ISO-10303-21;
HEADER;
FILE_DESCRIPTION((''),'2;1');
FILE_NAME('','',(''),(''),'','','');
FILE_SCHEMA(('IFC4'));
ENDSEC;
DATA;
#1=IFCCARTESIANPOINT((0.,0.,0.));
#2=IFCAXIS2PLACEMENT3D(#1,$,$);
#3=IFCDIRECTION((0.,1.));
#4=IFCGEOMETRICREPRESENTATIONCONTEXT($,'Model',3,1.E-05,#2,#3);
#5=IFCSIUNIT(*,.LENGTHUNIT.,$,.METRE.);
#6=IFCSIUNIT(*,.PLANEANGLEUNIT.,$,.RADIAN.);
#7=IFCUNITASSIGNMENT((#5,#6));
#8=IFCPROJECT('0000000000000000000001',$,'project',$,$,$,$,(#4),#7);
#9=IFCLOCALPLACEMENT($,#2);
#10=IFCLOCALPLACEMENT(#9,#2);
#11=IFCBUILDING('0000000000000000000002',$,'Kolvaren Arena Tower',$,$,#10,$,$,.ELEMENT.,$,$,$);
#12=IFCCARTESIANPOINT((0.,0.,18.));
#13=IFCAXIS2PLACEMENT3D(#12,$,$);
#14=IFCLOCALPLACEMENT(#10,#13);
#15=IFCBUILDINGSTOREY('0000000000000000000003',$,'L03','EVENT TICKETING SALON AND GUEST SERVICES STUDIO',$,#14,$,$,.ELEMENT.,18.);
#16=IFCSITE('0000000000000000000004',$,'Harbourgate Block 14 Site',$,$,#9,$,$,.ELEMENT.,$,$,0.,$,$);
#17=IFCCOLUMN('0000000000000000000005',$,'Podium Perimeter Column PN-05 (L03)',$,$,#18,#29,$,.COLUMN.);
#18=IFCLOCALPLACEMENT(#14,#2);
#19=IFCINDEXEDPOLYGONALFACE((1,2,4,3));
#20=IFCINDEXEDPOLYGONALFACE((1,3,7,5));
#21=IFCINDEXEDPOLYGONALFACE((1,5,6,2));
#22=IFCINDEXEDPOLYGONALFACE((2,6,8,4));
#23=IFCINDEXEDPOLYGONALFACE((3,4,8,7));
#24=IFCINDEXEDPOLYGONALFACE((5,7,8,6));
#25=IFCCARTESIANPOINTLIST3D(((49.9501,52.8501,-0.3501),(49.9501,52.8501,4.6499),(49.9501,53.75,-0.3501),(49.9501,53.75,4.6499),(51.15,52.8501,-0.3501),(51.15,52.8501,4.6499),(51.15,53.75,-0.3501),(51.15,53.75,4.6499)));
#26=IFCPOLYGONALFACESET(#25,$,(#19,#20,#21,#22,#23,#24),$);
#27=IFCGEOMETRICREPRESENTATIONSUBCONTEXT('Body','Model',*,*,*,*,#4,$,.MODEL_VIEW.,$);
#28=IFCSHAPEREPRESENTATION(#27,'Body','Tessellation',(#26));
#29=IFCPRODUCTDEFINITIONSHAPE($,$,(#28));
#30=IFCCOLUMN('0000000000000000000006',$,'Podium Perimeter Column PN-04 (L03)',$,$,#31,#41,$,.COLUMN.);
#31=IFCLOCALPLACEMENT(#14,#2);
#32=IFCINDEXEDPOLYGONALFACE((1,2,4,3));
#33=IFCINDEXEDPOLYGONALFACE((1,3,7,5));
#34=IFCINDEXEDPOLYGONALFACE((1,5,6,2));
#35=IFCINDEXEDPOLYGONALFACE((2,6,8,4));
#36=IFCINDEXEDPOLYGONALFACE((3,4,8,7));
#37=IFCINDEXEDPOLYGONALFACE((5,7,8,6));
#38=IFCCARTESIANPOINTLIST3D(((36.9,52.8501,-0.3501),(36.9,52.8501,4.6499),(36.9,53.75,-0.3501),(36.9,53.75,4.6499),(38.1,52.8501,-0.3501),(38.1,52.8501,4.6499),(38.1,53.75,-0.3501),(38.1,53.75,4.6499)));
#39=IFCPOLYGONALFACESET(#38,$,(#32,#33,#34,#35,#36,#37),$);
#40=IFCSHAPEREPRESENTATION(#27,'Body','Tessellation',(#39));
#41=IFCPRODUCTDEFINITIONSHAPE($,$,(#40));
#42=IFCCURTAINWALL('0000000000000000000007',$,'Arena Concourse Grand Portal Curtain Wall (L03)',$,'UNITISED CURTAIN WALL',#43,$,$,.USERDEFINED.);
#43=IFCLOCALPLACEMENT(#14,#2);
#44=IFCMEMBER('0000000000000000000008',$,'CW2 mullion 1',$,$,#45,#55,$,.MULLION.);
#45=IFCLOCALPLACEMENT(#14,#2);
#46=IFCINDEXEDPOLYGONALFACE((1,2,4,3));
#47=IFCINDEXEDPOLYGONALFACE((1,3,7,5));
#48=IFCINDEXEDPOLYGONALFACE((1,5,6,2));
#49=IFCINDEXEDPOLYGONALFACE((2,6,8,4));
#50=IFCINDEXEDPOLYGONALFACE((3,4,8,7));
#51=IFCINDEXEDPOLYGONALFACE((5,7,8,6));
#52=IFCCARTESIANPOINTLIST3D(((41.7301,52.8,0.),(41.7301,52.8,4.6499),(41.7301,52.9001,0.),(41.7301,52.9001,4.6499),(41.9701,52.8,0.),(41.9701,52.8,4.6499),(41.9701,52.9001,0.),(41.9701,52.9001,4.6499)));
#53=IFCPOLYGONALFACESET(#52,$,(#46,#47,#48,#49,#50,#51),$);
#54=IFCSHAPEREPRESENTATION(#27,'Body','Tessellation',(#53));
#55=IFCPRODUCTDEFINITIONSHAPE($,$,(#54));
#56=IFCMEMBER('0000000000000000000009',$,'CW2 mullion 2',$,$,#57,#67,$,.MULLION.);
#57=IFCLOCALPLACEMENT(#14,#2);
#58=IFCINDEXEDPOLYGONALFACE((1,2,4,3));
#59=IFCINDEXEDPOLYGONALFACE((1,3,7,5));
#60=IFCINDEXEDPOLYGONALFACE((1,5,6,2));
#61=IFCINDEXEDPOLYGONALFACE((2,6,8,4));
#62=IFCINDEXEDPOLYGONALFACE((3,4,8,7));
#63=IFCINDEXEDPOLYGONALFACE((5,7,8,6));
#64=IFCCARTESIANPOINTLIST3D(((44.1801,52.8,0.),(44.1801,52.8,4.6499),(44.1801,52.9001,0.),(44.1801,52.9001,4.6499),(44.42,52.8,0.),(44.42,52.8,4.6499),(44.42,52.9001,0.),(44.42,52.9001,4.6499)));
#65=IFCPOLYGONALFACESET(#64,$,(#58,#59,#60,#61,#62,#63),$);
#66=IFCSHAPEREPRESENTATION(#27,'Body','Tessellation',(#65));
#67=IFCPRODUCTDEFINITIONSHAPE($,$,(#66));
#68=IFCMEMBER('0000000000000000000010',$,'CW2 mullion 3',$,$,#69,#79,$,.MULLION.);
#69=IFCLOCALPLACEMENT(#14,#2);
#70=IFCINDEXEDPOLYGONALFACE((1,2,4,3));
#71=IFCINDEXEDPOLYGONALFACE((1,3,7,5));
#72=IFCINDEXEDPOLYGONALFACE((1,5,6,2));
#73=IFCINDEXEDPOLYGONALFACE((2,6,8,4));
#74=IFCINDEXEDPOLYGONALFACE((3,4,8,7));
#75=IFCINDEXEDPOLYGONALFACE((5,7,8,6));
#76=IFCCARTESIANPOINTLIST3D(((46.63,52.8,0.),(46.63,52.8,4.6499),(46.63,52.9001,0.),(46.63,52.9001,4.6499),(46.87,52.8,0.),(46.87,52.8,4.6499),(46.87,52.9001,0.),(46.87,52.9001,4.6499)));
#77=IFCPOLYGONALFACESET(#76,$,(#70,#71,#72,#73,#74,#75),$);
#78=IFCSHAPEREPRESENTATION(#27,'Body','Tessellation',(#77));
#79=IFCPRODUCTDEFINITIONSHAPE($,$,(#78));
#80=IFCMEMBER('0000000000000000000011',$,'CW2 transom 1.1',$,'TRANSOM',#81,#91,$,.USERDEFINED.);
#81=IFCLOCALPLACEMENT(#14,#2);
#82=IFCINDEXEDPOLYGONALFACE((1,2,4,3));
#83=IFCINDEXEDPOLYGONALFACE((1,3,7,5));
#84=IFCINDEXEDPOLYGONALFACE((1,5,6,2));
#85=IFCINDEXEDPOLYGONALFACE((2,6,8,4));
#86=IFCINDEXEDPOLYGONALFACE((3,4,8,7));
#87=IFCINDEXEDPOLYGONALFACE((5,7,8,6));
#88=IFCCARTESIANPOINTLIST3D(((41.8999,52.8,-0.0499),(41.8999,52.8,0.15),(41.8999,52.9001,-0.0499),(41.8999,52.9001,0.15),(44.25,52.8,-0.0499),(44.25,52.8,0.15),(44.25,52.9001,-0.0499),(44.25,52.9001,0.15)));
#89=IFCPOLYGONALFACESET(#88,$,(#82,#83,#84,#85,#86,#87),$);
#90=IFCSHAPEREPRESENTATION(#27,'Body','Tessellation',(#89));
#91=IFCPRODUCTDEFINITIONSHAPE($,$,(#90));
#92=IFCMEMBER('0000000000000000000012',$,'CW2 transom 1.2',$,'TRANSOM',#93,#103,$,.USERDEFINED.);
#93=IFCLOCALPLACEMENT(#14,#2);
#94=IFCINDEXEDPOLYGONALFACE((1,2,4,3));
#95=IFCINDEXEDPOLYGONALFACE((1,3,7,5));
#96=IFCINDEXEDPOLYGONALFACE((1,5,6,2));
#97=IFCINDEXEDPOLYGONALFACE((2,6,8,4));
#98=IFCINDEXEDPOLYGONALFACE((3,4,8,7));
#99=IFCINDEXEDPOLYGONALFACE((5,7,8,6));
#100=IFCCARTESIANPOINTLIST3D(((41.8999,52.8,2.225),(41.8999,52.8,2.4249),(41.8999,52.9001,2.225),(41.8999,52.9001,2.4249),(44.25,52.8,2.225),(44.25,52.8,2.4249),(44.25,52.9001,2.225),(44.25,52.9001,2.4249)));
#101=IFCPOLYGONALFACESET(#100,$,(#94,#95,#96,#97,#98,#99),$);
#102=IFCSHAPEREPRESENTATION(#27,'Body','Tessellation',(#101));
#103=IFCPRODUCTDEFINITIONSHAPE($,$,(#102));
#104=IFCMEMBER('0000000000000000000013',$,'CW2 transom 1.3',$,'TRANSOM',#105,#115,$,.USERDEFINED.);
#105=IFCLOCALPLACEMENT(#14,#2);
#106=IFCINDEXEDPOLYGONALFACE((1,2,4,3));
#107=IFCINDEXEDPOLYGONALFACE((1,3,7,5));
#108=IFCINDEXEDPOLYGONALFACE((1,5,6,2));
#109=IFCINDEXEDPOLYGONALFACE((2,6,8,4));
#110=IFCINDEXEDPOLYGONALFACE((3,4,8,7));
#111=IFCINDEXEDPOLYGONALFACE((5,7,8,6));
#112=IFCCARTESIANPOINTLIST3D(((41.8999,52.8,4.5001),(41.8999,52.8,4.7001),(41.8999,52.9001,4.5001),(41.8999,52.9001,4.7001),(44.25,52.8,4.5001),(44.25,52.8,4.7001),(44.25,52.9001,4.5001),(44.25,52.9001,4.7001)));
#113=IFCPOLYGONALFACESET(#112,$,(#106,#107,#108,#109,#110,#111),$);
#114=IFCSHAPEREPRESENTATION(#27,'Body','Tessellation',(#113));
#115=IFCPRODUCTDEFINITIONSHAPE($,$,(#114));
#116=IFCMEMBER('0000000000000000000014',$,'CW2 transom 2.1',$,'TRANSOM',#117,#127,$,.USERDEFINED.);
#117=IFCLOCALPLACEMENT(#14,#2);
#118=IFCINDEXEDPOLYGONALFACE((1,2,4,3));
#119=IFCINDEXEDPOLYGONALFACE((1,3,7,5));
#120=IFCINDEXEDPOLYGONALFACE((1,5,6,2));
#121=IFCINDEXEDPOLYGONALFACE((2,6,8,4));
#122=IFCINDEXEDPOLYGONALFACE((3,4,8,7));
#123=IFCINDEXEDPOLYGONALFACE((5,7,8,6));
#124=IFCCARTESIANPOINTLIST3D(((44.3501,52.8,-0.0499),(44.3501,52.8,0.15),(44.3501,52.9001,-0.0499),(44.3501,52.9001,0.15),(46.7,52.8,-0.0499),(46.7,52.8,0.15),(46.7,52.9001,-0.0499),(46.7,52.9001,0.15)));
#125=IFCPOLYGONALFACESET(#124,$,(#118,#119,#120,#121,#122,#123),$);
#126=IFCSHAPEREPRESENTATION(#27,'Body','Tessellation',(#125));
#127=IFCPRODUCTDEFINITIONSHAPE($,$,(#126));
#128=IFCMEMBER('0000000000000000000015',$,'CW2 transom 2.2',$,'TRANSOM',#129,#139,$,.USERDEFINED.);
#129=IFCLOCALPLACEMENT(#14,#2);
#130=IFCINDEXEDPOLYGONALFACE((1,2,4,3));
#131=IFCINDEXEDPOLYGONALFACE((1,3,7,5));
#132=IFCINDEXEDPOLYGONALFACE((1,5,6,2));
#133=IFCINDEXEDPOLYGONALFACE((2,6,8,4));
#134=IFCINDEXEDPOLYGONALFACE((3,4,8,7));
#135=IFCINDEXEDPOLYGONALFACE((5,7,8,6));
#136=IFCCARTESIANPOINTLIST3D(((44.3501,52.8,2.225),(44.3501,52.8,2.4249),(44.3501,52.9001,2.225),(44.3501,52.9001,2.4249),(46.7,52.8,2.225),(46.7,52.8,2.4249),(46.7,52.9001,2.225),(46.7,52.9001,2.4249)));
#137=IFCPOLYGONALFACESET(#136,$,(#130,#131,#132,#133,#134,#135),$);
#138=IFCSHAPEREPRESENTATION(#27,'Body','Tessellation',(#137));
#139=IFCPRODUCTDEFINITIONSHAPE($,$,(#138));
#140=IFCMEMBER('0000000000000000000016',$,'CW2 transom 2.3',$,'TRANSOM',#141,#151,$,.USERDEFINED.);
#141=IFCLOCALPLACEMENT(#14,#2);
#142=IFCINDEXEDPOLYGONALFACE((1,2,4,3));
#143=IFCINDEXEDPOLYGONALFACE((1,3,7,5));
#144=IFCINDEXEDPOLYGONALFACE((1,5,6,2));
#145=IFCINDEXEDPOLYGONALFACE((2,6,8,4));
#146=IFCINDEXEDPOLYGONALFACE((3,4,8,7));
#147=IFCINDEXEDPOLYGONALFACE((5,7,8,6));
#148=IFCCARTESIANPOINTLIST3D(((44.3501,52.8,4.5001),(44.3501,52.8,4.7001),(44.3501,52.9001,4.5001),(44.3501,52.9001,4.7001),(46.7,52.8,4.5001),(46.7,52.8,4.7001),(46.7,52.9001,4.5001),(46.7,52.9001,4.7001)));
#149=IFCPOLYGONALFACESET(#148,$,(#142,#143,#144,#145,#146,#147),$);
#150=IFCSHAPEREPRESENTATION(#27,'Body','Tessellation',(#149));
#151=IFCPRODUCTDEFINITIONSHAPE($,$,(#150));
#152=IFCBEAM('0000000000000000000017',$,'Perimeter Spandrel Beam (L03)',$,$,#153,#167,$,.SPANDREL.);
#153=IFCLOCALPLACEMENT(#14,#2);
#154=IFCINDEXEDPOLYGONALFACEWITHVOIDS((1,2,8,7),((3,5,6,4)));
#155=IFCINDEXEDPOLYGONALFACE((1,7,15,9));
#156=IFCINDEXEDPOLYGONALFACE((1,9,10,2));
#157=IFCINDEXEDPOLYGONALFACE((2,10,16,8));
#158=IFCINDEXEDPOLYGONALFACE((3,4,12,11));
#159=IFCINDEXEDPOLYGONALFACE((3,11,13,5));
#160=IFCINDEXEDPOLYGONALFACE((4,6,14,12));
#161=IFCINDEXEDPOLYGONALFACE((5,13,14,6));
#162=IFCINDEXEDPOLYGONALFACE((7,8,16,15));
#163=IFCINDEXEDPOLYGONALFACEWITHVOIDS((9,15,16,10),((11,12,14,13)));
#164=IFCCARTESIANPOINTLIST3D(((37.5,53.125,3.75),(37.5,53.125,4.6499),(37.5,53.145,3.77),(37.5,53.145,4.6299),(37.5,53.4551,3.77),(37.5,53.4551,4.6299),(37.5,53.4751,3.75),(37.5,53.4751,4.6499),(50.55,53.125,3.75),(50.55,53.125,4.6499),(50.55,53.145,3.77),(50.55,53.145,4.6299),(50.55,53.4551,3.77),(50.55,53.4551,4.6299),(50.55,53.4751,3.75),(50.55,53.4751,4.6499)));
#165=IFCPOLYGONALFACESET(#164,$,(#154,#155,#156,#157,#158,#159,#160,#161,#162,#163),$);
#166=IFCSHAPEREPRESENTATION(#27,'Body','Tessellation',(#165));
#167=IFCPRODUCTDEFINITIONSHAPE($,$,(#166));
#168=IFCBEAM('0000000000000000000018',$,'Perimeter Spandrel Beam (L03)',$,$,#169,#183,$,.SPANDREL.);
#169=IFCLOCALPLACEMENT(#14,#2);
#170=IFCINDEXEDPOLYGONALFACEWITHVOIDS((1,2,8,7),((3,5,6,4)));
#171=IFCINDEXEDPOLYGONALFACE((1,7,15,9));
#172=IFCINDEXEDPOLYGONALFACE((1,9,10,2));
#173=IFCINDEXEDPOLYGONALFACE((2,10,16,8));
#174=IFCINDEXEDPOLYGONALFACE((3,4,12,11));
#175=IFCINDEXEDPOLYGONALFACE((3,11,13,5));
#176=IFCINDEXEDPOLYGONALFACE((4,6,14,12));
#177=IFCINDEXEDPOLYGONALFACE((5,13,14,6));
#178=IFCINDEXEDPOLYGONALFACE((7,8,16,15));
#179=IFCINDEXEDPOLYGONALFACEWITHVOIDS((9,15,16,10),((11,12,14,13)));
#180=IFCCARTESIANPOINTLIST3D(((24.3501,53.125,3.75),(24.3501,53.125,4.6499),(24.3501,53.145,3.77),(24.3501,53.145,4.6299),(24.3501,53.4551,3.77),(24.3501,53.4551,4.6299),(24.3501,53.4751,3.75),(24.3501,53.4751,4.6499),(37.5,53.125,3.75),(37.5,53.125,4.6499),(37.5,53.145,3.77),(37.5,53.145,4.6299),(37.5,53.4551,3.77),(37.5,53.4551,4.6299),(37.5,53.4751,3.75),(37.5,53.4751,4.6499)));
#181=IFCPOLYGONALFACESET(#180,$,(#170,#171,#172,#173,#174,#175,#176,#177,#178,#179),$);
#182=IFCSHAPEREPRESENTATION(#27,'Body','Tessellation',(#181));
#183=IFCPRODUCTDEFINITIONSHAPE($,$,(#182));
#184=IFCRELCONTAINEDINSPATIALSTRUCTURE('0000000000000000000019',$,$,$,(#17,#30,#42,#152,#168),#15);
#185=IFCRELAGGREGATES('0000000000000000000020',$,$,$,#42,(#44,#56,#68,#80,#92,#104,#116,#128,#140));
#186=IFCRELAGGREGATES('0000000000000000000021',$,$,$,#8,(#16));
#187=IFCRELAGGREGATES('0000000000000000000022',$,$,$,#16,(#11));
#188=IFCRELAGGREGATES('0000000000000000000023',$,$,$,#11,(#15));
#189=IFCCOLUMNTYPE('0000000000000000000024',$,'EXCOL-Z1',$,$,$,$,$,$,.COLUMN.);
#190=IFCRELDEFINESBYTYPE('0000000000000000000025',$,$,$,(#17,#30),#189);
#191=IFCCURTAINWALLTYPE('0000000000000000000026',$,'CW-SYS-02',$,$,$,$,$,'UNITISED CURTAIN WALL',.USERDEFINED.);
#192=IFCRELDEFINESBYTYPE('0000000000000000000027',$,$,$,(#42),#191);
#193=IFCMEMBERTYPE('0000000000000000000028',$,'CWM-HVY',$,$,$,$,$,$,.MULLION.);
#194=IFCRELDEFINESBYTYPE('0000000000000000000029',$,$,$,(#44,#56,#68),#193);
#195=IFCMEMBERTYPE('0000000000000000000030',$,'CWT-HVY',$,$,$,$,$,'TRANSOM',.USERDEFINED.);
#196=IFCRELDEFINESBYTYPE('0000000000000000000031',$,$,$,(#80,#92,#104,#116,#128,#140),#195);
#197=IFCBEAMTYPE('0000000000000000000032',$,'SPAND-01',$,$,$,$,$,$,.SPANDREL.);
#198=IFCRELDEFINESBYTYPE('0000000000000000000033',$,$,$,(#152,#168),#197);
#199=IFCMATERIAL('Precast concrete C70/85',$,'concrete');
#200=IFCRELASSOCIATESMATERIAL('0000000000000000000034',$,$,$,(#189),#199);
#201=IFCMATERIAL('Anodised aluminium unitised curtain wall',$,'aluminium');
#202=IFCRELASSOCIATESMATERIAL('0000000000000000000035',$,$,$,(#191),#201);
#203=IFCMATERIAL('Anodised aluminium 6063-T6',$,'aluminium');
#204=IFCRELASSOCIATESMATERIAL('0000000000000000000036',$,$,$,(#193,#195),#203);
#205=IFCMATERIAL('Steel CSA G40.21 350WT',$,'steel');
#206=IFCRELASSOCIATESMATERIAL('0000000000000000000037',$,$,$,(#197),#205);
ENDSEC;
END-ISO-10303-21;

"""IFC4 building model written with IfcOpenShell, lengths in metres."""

from ifc_helpers import new_model, si_unit, direction, frame, origin, origin_2d, place, context, subcontext, project, spatial, rectangle, hollow_rectangle, extrude, material, material_profile, profile_set, type_object, element, aggregate, save


model = new_model("IFC4")

# Units and contexts
model_context = context("Model", 3, precision=1e-05, world=origin(), true_north=direction((0.0, 1.0)))
body_context = subcontext(model_context, "Body", "Model", "MODEL_VIEW")
ifc_project = project(units=[si_unit("LENGTHUNIT", "METRE"), si_unit("PLANEANGLEUNIT", "RADIAN")], contexts=[model_context])

# Site, building, storey
site_placement = place(None, origin())
site = spatial("IfcSite", under=ifc_project, at=site_placement, Name="Harbourgate Block 14 Site", CompositionType="ELEMENT", RefElevation=0.0)
building_placement = place(site_placement, origin())
building = spatial("IfcBuilding", under=site, at=building_placement, Name="Kolvaren Arena Tower", CompositionType="ELEMENT")
storey_placement = place(building_placement, frame((0.0, 0.0, 18.0)))
storey = spatial("IfcBuildingStorey", under=building, at=storey_placement, Name="L03", Description="EVENT TICKETING SALON AND GUEST SERVICES STUDIO", CompositionType="ELEMENT", Elevation=18.0)

# Columns
ifc_material_1 = material(Name="Precast concrete C70/85", Category="concrete")
ifc_material_profile_1 = material_profile(ifc_material_1, rectangle(XDim=1.2, YDim=0.8999, at=origin_2d()), Name="RC-1200x900")
ifc_profile_set_1 = profile_set([ifc_material_profile_1], Name="Precast concrete C70/85")
column_type = type_object("IfcColumnType", Name="EXCOL-Z1", PredefinedType="COLUMN", material=ifc_profile_set_1)
for number, where, z_axis, x_axis, name in (
    (1, (50.55, 53.3, -0.3501), (0.0, 0.0, 1.0), (1.0, 0.0, 0.0), "Podium Perimeter Column PN-05 (L03)"),
    (2, (37.5, 53.3, -0.3501), (0.0, 0.0, 1.0), (1.0, 0.0, 0.0), "Podium Perimeter Column PN-04 (L03)"),
):
    element("IfcColumn", number, at=place(storey_placement, frame(where, z_axis=z_axis, x_axis=x_axis)), inside=storey, type_object=column_type, Name=name, PredefinedType="COLUMN", context=body_context, shape_type="SweptSolid", body=[
        extrude(rectangle(XDim=1.2, YDim=0.8999, at=origin_2d()), origin(), (0.0, 0.0, 1.0), 5.0),
    ])

# Curtain wall, members
ifc_material_2 = material(Name="Anodised aluminium unitised curtain wall", Category="aluminium")
curtain_wall_type = type_object("IfcCurtainWallType", Name="CW-SYS-02", ElementType="UNITISED CURTAIN WALL", PredefinedType="USERDEFINED", material=ifc_material_2)
curtain_wall_placement = place(storey_placement, origin())
curtain_wall = element("IfcCurtainWall", 3, at=curtain_wall_placement, inside=storey, type_object=curtain_wall_type, Name="Arena Concourse Grand Portal Curtain Wall (L03)", ObjectType="UNITISED CURTAIN WALL", PredefinedType="USERDEFINED")
ifc_material_3 = material(Name="Anodised aluminium 6063-T6", Category="aluminium")
ifc_material_profile_2 = material_profile(ifc_material_3, rectangle(XDim=0.1001, YDim=0.24, at=origin_2d()), Name="ALU-100x240")
ifc_profile_set_2 = profile_set([ifc_material_profile_2], Name="Anodised aluminium 6063-T6")
member_type_1 = type_object("IfcMemberType", Name="CWM-HVY", PredefinedType="MULLION", material=ifc_profile_set_2)
member_1_placement = place(storey_placement, frame((41.8501, 52.8501, 0.0), z_axis=(0.0, 0.0, 1.0), x_axis=(0.0, 1.0, 0.0)))
member_1 = element("IfcMember", 4, at=member_1_placement, type_object=member_type_1, Name="CW2 mullion 1", PredefinedType="MULLION", context=body_context, shape_type="SweptSolid", body=[
    extrude(rectangle(XDim=0.1001, YDim=0.24, at=origin_2d()), origin(), (0.0, 0.0, 1.0), 4.6499),
])
member_2_placement = place(storey_placement, frame((44.3, 52.8501, 0.0), z_axis=(0.0, 0.0, 1.0), x_axis=(0.0, 1.0, 0.0)))
member_2 = element("IfcMember", 5, at=member_2_placement, type_object=member_type_1, Name="CW2 mullion 2", PredefinedType="MULLION", context=body_context, shape_type="SweptSolid", body=[
    extrude(rectangle(XDim=0.1001, YDim=0.24, at=origin_2d()), origin(), (0.0, 0.0, 1.0), 4.6499),
])
member_3_placement = place(storey_placement, frame((46.75, 52.8501, 0.0), z_axis=(0.0, 0.0, 1.0), x_axis=(0.0, 1.0, 0.0)))
member_3 = element("IfcMember", 6, at=member_3_placement, type_object=member_type_1, Name="CW2 mullion 3", PredefinedType="MULLION", context=body_context, shape_type="SweptSolid", body=[
    extrude(rectangle(XDim=0.1001, YDim=0.24, at=origin_2d()), origin(), (0.0, 0.0, 1.0), 4.6499),
])
ifc_material_profile_3 = material_profile(ifc_material_3, rectangle(XDim=0.1001, YDim=0.2, at=origin_2d()), Name="ALU-100x200")
ifc_profile_set_3 = profile_set([ifc_material_profile_3], Name="Anodised aluminium 6063-T6")
member_type_2 = type_object("IfcMemberType", Name="CWT-HVY", ElementType="TRANSOM", PredefinedType="USERDEFINED", material=ifc_profile_set_3)
member_4_placement = place(storey_placement, frame((41.8999, 52.8501, 0.05), z_axis=(1.0, 0.0, 0.0), x_axis=(0.0, 1.0, 0.0)))
member_4 = element("IfcMember", 7, at=member_4_placement, type_object=member_type_2, Name="CW2 transom 1.1", ObjectType="TRANSOM", PredefinedType="USERDEFINED", context=body_context, shape_type="SweptSolid", body=[
    extrude(rectangle(XDim=0.1001, YDim=0.2, at=origin_2d()), origin(), (0.0, 0.0, 1.0), 2.3501),
])
member_5_placement = place(storey_placement, frame((41.8999, 52.8501, 2.325), z_axis=(1.0, 0.0, 0.0), x_axis=(0.0, 1.0, 0.0)))
member_5 = element("IfcMember", 8, at=member_5_placement, type_object=member_type_2, Name="CW2 transom 1.2", ObjectType="TRANSOM", PredefinedType="USERDEFINED", context=body_context, shape_type="SweptSolid", body=[
    extrude(rectangle(XDim=0.1001, YDim=0.2, at=origin_2d()), origin(), (0.0, 0.0, 1.0), 2.3501),
])
member_6_placement = place(storey_placement, frame((41.8999, 52.8501, 4.6001), z_axis=(1.0, 0.0, 0.0), x_axis=(0.0, 1.0, 0.0)))
member_6 = element("IfcMember", 9, at=member_6_placement, type_object=member_type_2, Name="CW2 transom 1.3", ObjectType="TRANSOM", PredefinedType="USERDEFINED", context=body_context, shape_type="SweptSolid", body=[
    extrude(rectangle(XDim=0.1001, YDim=0.2, at=origin_2d()), origin(), (0.0, 0.0, 1.0), 2.3501),
])
member_7_placement = place(storey_placement, frame((44.3501, 52.8501, 0.05), z_axis=(1.0, 0.0, 0.0), x_axis=(0.0, 1.0, 0.0)))
member_7 = element("IfcMember", 10, at=member_7_placement, type_object=member_type_2, Name="CW2 transom 2.1", ObjectType="TRANSOM", PredefinedType="USERDEFINED", context=body_context, shape_type="SweptSolid", body=[
    extrude(rectangle(XDim=0.1001, YDim=0.2, at=origin_2d()), origin(), (0.0, 0.0, 1.0), 2.3499),
])
member_8_placement = place(storey_placement, frame((44.3501, 52.8501, 2.325), z_axis=(1.0, 0.0, 0.0), x_axis=(0.0, 1.0, 0.0)))
member_8 = element("IfcMember", 11, at=member_8_placement, type_object=member_type_2, Name="CW2 transom 2.2", ObjectType="TRANSOM", PredefinedType="USERDEFINED", context=body_context, shape_type="SweptSolid", body=[
    extrude(rectangle(XDim=0.1001, YDim=0.2, at=origin_2d()), origin(), (0.0, 0.0, 1.0), 2.3499),
])
member_9_placement = place(storey_placement, frame((44.3501, 52.8501, 4.6001), z_axis=(1.0, 0.0, 0.0), x_axis=(0.0, 1.0, 0.0)))
member_9 = element("IfcMember", 12, at=member_9_placement, type_object=member_type_2, Name="CW2 transom 2.3", ObjectType="TRANSOM", PredefinedType="USERDEFINED", context=body_context, shape_type="SweptSolid", body=[
    extrude(rectangle(XDim=0.1001, YDim=0.2, at=origin_2d()), origin(), (0.0, 0.0, 1.0), 2.3499),
])

# Beams
ifc_material_4 = material(Name="Steel CSA G40.21 350WT", Category="steel")
ifc_material_profile_4 = material_profile(ifc_material_4, hollow_rectangle(XDim=0.3501, YDim=0.8999, WallThickness=0.02, at=origin_2d()), Name="HSS 900x350x20")
ifc_profile_set_4 = profile_set([ifc_material_profile_4], Name="Steel CSA G40.21 350WT")
beam_type = type_object("IfcBeamType", Name="SPAND-01", PredefinedType="SPANDREL", material=ifc_profile_set_4)
beam_1_placement = place(storey_placement, frame((50.55, 53.3, 4.2), z_axis=(-1.0, 0.0, 0.0), x_axis=(0.0, -1.0, 0.0)))
element("IfcBeam", 13, at=beam_1_placement, inside=storey, type_object=beam_type, Name="Perimeter Spandrel Beam (L03)", PredefinedType="SPANDREL", context=body_context, shape_type="SweptSolid", body=[
    extrude(hollow_rectangle(XDim=0.3501, YDim=0.8999, WallThickness=0.02, at=origin_2d()), origin(), (0.0, 0.0, 1.0), 13.05),
])
beam_2_placement = place(storey_placement, frame((37.5, 53.3, 4.2), z_axis=(-1.0, 0.0, 0.0), x_axis=(0.0, -1.0, 0.0)))
element("IfcBeam", 14, at=beam_2_placement, inside=storey, type_object=beam_type, Name="Perimeter Spandrel Beam (L03)", PredefinedType="SPANDREL", context=body_context, shape_type="SweptSolid", body=[
    extrude(hollow_rectangle(XDim=0.3501, YDim=0.8999, WallThickness=0.02, at=origin_2d()), origin(), (0.0, 0.0, 1.0), 13.1499),
])

aggregate(curtain_wall, [member_1, member_2, member_3, member_4, member_5, member_6, member_7, member_8, member_9])

save(model, "model.ifc")
